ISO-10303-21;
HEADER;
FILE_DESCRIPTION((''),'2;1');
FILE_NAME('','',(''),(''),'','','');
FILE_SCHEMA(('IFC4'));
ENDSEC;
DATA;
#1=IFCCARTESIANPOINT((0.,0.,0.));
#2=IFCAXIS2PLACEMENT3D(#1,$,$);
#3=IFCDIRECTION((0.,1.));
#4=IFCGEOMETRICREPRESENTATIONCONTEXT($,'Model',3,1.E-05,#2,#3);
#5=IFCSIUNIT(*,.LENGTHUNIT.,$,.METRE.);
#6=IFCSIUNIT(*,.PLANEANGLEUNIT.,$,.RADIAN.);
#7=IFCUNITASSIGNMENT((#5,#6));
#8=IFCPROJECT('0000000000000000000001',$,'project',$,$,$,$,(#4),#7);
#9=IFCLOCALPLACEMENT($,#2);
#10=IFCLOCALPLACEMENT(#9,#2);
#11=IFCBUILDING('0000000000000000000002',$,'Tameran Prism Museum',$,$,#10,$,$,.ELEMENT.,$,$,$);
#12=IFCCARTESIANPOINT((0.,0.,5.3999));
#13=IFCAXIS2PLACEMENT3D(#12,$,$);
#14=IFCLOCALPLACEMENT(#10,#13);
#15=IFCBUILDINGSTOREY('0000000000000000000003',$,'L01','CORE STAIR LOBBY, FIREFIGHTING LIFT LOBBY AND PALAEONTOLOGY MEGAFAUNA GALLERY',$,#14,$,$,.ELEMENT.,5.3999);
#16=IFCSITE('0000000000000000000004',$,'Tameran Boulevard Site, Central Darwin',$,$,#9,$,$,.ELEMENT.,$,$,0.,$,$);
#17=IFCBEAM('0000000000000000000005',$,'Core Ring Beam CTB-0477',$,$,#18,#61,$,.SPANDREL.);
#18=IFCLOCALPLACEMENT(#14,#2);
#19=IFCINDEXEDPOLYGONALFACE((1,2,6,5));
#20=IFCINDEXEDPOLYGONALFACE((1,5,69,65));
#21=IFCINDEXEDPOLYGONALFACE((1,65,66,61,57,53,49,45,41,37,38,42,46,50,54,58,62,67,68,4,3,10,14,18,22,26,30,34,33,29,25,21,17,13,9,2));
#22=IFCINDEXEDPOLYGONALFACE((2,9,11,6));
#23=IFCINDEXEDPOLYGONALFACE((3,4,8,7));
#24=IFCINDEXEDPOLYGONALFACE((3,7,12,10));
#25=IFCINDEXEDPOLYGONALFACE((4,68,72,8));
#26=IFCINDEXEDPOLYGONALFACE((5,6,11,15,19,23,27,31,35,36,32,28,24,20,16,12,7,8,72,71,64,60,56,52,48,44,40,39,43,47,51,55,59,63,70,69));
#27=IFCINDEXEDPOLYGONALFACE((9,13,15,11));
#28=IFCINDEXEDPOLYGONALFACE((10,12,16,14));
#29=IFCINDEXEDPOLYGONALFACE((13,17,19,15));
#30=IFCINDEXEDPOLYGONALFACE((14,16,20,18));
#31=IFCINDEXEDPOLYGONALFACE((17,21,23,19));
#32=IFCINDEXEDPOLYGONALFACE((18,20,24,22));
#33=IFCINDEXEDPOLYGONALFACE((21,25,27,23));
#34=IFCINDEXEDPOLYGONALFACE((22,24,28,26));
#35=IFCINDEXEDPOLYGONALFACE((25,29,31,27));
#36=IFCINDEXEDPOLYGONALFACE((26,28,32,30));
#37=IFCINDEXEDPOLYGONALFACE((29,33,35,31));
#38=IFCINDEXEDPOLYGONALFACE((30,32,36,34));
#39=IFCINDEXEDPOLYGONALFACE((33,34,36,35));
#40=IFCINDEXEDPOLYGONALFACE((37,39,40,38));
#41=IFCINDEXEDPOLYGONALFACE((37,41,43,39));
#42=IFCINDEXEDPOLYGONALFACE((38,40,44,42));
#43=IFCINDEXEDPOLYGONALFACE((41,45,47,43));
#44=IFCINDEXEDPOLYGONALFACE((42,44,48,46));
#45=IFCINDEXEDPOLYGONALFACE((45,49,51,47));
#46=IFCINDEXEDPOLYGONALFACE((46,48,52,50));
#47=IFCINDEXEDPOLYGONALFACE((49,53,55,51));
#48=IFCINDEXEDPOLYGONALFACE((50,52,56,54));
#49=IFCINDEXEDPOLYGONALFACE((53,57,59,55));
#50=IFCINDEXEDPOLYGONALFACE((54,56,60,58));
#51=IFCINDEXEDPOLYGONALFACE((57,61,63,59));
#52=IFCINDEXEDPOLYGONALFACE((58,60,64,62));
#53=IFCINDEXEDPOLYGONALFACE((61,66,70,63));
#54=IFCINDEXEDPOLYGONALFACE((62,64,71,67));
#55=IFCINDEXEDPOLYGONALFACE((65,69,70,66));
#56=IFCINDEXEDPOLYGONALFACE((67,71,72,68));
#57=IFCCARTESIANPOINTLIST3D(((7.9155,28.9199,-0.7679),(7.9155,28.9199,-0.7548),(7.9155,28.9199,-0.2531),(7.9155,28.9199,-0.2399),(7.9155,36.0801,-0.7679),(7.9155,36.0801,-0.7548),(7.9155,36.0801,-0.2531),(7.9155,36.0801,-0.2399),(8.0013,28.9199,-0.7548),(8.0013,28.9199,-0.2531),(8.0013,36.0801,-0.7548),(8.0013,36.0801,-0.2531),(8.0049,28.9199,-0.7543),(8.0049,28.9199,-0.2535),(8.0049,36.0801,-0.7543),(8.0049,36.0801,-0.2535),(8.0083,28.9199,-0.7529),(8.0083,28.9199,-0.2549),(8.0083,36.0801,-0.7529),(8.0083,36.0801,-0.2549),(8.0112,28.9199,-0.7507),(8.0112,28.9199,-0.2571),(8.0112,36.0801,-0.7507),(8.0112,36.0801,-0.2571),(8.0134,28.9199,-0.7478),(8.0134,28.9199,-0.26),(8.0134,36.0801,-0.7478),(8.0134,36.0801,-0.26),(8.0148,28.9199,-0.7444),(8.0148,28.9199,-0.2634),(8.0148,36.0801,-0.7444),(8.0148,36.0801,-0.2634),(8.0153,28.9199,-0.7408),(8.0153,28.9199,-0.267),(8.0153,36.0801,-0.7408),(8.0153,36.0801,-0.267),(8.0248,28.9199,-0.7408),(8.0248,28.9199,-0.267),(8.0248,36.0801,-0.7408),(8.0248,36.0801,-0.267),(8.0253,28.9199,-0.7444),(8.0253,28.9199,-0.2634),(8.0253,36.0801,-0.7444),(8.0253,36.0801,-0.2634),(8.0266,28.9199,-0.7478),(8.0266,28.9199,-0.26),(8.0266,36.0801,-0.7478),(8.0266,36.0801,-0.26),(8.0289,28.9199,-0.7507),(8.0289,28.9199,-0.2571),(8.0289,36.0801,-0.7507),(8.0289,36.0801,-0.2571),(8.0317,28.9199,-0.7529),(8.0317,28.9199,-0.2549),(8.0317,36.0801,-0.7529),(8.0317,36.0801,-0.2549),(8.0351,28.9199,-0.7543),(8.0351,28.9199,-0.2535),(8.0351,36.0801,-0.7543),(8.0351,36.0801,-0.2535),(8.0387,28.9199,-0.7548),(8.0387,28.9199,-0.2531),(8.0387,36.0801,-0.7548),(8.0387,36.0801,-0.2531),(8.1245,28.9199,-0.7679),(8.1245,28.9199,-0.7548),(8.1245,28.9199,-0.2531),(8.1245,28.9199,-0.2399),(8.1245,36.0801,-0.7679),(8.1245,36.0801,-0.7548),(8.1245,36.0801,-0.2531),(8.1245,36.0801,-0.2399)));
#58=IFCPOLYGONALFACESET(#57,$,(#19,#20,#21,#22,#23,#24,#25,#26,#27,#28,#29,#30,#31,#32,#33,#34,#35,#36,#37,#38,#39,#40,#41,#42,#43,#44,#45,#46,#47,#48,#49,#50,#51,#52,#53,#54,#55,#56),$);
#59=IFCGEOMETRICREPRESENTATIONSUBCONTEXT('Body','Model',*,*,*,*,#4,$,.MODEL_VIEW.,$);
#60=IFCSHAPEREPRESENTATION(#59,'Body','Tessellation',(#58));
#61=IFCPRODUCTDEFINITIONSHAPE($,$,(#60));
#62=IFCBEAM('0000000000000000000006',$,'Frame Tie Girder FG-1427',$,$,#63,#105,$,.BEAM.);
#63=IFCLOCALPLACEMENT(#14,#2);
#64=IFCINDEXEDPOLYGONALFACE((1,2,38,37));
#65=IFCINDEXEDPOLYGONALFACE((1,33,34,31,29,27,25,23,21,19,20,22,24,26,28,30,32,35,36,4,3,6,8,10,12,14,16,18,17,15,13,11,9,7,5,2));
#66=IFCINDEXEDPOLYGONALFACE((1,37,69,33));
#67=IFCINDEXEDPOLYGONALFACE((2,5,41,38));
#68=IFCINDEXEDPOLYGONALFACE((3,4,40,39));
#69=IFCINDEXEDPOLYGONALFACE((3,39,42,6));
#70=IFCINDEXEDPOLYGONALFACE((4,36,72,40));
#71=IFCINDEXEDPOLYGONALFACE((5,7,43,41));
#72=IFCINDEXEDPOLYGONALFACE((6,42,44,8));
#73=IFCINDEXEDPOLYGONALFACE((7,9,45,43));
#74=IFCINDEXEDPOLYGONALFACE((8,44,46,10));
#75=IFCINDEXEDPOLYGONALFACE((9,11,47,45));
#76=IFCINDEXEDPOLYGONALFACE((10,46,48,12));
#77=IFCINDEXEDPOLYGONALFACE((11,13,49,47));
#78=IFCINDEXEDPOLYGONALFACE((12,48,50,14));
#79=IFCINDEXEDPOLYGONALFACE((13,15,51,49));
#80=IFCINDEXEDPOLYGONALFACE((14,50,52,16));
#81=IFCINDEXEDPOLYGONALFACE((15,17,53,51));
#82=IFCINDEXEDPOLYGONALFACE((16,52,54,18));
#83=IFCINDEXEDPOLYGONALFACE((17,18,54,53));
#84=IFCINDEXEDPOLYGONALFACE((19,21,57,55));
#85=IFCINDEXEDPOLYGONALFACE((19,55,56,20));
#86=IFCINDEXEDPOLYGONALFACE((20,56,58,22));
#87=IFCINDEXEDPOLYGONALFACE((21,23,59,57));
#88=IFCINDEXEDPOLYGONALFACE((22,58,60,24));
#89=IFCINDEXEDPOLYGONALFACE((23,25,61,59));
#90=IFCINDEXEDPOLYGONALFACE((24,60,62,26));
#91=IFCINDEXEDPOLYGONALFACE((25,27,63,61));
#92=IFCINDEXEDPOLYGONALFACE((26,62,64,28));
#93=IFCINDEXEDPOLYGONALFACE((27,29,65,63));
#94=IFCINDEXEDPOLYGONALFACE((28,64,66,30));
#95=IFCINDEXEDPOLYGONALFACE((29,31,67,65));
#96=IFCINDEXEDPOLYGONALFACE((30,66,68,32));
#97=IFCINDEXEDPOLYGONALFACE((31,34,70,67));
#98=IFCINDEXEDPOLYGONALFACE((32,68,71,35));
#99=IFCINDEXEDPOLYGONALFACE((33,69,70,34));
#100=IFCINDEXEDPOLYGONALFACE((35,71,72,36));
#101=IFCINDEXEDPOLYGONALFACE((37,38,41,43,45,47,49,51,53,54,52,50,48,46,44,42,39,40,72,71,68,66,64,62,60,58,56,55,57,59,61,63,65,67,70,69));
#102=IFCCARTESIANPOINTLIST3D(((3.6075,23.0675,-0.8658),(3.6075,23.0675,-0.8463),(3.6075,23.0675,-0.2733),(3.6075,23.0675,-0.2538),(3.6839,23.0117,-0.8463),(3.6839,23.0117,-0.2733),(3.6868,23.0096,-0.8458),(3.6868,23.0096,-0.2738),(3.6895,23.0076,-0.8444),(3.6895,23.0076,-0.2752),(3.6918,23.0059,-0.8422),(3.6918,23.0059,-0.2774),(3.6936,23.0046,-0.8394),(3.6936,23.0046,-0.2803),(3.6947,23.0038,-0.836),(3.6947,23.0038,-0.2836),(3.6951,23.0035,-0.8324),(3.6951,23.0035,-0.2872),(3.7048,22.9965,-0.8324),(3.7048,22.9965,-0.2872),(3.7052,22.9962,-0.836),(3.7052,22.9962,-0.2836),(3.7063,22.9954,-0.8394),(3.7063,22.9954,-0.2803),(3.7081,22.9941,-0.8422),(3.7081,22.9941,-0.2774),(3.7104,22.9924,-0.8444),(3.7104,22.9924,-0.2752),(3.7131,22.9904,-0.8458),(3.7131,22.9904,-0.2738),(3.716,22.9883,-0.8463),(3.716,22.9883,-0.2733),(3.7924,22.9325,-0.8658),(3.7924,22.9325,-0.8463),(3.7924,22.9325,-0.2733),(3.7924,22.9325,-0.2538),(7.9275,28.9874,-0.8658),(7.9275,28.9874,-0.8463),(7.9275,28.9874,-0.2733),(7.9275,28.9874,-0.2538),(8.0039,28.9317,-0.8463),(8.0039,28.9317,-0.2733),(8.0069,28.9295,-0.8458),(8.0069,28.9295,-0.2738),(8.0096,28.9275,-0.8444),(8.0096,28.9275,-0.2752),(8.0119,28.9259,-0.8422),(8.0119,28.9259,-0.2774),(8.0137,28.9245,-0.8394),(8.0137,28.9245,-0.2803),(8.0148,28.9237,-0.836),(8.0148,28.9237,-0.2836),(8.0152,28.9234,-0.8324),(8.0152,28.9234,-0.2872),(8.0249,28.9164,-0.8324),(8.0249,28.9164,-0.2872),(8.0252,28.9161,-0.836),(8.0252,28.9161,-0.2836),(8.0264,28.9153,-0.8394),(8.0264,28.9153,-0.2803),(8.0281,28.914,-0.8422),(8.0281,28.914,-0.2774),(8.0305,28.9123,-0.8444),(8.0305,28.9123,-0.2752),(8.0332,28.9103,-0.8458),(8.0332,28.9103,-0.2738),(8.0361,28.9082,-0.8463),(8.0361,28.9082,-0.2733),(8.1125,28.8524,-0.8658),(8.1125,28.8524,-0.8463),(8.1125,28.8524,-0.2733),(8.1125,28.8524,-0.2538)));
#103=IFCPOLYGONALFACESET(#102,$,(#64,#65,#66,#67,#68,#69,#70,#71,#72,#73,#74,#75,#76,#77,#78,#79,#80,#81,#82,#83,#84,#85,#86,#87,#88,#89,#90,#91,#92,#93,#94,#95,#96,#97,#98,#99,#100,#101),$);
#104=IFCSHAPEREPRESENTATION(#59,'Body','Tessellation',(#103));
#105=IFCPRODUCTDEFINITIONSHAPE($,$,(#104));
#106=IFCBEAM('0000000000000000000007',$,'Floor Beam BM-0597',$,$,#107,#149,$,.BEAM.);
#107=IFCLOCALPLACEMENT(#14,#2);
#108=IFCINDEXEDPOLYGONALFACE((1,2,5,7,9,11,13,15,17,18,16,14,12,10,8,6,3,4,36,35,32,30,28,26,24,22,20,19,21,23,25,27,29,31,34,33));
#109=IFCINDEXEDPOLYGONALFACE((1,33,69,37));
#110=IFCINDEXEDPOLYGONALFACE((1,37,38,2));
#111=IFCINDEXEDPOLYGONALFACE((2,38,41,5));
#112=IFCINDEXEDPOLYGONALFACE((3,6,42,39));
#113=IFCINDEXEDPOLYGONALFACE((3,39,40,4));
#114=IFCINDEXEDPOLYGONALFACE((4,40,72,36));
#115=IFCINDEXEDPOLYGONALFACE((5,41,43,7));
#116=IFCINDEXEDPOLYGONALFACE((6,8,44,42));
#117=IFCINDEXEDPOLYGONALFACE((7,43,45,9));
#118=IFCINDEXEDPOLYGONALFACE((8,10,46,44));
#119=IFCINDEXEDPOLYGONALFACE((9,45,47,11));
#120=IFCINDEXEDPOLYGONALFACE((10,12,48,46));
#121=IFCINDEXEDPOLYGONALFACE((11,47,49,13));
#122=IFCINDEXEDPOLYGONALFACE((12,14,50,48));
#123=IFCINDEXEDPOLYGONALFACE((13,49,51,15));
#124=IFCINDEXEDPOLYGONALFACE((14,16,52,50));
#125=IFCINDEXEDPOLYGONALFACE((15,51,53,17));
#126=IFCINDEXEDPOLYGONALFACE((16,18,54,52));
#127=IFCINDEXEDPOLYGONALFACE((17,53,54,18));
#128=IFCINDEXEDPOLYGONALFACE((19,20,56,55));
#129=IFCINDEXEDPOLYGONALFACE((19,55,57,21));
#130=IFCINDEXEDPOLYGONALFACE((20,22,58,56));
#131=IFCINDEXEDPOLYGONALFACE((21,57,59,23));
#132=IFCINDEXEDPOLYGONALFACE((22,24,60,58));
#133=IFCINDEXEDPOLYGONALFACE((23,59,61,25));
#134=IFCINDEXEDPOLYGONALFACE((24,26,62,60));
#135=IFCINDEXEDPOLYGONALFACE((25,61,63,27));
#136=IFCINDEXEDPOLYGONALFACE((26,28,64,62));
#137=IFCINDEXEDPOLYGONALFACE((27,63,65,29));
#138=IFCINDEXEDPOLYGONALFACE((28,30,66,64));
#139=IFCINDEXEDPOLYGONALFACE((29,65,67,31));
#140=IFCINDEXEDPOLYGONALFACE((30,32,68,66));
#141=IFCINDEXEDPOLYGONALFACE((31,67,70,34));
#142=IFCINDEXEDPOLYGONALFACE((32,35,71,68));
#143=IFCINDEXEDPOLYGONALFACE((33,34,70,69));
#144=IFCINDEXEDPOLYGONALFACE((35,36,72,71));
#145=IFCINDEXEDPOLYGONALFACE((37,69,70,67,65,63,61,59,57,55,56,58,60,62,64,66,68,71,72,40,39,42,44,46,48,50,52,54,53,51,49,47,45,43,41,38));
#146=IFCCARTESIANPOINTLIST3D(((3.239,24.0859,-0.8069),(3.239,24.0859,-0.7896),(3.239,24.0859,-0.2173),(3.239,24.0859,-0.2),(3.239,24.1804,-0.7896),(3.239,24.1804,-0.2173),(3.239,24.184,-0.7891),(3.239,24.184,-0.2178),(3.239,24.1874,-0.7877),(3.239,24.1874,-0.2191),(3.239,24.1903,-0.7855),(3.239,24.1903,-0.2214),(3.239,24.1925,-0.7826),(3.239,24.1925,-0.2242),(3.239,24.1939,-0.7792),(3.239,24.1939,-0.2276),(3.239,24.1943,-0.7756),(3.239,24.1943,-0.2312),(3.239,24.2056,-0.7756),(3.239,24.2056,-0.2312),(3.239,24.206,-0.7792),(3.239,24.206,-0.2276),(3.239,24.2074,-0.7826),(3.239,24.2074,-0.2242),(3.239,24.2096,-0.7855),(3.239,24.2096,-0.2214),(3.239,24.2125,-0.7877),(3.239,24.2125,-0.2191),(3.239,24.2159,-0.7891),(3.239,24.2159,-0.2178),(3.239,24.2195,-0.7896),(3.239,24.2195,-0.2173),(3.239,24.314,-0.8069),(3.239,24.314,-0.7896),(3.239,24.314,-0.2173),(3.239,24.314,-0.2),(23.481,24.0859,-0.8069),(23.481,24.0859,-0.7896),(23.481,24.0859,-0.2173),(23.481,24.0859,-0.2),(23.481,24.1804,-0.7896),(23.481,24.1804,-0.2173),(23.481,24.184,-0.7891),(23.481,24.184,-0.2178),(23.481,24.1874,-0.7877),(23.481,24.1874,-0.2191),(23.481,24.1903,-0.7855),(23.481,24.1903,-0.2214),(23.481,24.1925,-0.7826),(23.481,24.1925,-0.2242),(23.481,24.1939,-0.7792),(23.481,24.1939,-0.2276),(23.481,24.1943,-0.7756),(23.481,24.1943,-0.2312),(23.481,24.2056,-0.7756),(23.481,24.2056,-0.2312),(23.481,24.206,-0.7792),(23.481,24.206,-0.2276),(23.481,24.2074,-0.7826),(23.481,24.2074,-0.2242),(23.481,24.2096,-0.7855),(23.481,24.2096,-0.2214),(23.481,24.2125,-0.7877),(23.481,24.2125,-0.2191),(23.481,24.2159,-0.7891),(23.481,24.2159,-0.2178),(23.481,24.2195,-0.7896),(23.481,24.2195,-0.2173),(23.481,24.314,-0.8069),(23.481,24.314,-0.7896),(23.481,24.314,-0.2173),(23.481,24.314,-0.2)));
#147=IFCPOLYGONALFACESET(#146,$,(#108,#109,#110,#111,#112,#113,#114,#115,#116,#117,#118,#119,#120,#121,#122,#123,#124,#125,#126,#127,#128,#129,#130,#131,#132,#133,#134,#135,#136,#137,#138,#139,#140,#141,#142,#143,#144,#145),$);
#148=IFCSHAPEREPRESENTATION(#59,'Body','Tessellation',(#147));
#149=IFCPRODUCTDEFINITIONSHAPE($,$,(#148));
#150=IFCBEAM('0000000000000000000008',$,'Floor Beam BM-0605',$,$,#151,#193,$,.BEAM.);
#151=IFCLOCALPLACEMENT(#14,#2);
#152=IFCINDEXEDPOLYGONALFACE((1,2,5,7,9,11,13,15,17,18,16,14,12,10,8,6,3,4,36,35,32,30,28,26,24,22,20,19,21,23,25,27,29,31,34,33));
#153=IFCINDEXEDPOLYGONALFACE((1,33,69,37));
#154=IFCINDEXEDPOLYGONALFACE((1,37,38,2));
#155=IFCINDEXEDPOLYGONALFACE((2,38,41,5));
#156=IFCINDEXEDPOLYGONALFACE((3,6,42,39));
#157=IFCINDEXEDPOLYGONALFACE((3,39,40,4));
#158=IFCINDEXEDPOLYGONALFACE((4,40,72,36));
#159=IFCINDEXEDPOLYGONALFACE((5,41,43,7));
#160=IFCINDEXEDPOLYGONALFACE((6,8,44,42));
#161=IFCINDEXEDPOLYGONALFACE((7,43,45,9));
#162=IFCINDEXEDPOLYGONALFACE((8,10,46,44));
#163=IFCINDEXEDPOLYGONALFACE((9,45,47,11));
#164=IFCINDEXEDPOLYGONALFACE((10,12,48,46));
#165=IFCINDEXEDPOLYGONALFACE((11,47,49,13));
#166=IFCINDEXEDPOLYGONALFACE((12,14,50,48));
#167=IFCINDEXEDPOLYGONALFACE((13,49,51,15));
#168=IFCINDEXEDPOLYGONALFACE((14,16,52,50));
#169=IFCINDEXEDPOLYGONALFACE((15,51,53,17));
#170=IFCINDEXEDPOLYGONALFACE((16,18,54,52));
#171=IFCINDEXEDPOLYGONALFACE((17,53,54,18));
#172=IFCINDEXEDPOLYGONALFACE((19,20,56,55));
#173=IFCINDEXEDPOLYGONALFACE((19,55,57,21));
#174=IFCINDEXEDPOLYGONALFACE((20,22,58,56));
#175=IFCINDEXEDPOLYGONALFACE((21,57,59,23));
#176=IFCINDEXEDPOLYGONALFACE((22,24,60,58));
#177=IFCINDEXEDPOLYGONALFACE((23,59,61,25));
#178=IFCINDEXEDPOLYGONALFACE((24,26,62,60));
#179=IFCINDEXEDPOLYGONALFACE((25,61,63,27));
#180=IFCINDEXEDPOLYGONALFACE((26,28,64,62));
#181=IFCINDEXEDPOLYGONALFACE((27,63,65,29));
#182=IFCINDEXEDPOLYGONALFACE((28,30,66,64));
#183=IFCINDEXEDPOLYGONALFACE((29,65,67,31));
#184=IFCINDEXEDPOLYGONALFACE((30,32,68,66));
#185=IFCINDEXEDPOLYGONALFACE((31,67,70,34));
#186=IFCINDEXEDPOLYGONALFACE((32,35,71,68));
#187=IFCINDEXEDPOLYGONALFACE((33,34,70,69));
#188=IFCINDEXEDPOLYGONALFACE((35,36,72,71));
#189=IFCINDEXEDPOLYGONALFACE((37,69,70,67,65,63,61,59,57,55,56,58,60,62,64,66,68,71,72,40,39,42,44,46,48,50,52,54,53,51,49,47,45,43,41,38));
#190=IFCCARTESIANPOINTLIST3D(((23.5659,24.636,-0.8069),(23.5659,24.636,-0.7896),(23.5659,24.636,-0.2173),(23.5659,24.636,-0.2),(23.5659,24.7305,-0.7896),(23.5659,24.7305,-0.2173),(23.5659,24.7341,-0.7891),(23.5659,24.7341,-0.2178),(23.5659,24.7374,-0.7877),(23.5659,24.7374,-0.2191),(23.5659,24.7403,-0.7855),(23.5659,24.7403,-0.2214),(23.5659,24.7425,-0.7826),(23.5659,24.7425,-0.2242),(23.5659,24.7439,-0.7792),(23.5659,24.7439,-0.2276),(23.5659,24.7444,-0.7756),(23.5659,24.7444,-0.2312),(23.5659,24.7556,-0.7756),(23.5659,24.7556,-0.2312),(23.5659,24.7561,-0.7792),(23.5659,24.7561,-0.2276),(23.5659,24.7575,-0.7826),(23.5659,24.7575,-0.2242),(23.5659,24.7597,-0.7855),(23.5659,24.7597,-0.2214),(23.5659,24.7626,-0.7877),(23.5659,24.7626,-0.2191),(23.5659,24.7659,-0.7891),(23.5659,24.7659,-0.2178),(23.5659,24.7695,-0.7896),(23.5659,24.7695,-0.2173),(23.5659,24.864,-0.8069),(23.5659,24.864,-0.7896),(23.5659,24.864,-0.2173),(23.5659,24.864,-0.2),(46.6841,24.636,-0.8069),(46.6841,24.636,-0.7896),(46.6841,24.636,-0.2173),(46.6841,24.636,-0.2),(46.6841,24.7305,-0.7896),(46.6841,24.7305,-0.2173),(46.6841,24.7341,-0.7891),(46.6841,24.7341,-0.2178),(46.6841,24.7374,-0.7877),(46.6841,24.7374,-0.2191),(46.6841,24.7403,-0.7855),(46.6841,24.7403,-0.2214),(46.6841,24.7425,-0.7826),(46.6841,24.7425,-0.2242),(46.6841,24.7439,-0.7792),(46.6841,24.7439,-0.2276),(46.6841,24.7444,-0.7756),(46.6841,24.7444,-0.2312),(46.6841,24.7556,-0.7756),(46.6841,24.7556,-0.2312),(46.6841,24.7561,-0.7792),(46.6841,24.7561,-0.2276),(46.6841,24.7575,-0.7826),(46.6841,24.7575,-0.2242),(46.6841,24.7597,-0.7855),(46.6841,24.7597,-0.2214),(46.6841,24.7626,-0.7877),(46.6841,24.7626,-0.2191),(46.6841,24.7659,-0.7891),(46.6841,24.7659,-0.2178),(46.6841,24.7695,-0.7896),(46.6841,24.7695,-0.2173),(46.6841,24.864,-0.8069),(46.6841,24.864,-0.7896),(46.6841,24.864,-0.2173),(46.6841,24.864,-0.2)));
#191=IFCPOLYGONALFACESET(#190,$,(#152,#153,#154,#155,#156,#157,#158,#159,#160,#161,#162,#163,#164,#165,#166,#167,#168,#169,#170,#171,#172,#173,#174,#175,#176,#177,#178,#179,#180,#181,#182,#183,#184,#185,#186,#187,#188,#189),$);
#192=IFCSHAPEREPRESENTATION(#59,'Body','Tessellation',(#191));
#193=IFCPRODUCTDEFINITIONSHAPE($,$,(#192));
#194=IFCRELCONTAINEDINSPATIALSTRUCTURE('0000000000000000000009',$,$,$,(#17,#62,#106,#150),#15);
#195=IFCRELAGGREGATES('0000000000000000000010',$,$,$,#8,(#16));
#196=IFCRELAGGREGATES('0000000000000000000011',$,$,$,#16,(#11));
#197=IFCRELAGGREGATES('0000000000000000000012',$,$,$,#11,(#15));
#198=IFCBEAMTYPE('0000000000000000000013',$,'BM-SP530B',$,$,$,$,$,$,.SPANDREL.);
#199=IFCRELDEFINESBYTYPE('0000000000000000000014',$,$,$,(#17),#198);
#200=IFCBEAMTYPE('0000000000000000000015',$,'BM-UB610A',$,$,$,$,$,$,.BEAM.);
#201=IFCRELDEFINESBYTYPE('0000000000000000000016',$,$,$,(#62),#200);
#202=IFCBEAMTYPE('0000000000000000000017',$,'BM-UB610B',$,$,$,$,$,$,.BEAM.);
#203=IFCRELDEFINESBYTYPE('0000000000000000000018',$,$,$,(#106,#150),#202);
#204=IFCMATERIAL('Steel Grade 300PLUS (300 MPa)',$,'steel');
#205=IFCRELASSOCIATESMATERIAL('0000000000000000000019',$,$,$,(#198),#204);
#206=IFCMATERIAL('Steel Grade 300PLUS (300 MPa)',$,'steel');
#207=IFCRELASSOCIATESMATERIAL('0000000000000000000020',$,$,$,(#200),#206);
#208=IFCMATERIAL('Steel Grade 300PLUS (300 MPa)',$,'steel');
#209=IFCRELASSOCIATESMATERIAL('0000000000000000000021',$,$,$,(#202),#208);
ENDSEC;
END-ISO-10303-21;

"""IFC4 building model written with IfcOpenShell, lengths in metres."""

from ifc_helpers import new_model, si_unit, direction, frame, origin, origin_2d, place, context, subcontext, project, spatial, i_section, extrude, material, material_profile, profile_set, type_object, element, save


model = new_model("IFC4")

# Units and contexts
model_context = context("Model", 3, precision=1e-05, world=origin(), true_north=direction((0.0, 1.0)))
body_context = subcontext(model_context, "Body", "Model", "MODEL_VIEW")
ifc_project = project(units=[si_unit("LENGTHUNIT", "METRE"), si_unit("PLANEANGLEUNIT", "RADIAN")], contexts=[model_context])

# Site, building, storey
site_placement = place(None, origin())
site = spatial("IfcSite", under=ifc_project, at=site_placement, Name="Tameran Boulevard Site, Central Darwin", CompositionType="ELEMENT", RefElevation=0.0)
building_placement = place(site_placement, origin())
building = spatial("IfcBuilding", under=site, at=building_placement, Name="Tameran Prism Museum", CompositionType="ELEMENT")
storey_placement = place(building_placement, frame((0.0, 0.0, 5.3999)))
storey = spatial("IfcBuildingStorey", under=building, at=storey_placement, Name="L01", Description="CORE STAIR LOBBY, FIREFIGHTING LIFT LOBBY AND PALAEONTOLOGY MEGAFAUNA GALLERY", CompositionType="ELEMENT", Elevation=5.3999)

# Beams
ifc_material_1 = material(Name="Steel Grade 300PLUS (300 MPa)", Category="steel")
ifc_material_profile_1 = material_profile(ifc_material_1, i_section(OverallWidth=0.209, OverallDepth=0.5281, WebThickness=0.0095, FlangeThickness=0.0132, FilletRadius=0.0139, at=origin_2d()))
ifc_profile_set_1 = profile_set([ifc_material_profile_1])
beam_type_1 = type_object("IfcBeamType", Name="BM-SP530B", PredefinedType="SPANDREL", material=ifc_profile_set_1)
beam_1_placement = place(storey_placement, frame((8.02, 36.0801, -0.5039), z_axis=(0.0, -1.0, 0.0), x_axis=(1.0, 0.0, 0.0)))
element("IfcBeam", 1, at=beam_1_placement, inside=storey, type_object=beam_type_1, Name="Core Ring Beam CTB-0477", PredefinedType="SPANDREL", context=body_context, shape_type="SweptSolid", body=[
    extrude(i_section(OverallWidth=0.209, OverallDepth=0.5281, WebThickness=0.0095, FlangeThickness=0.0132, FilletRadius=0.0139, at=origin_2d()), origin(), (0.0, 0.0, 1.0), 7.1602),
])
ifc_material_2 = material(Name="Steel Grade 300PLUS (300 MPa)", Category="steel")
ifc_material_profile_2 = material_profile(ifc_material_2, i_section(OverallWidth=0.229, OverallDepth=0.6121, WebThickness=0.012, FlangeThickness=0.0195, FilletRadius=0.0139, at=origin_2d()))
ifc_profile_set_2 = profile_set([ifc_material_profile_2])
beam_type_2 = type_object("IfcBeamType", Name="BM-UB610A", PredefinedType="BEAM", material=ifc_profile_set_2)
beam_2_placement = place(storey_placement, frame((8.02, 28.9199, -0.5598), z_axis=(-0.58948, -0.807783, 0.0), x_axis=(0.807783, -0.58948, 0.0)))
element("IfcBeam", 2, at=beam_2_placement, inside=storey, type_object=beam_type_2, Name="Frame Tie Girder FG-1427", PredefinedType="BEAM", context=body_context, shape_type="SweptSolid", body=[
    extrude(i_section(OverallWidth=0.229, OverallDepth=0.6121, WebThickness=0.012, FlangeThickness=0.0195, FilletRadius=0.0139, at=origin_2d()), origin(), (0.0, 0.0, 1.0), 7.3286),
])
ifc_material_3 = material(Name="Steel Grade 300PLUS (300 MPa)", Category="steel")
ifc_material_profile_3 = material_profile(ifc_material_3, i_section(OverallWidth=0.228, OverallDepth=0.6069, WebThickness=0.0112, FlangeThickness=0.0173, FilletRadius=0.0139, at=origin_2d()))
ifc_profile_set_3 = profile_set([ifc_material_profile_3])
beam_type_3 = type_object("IfcBeamType", Name="BM-UB610B", PredefinedType="BEAM", material=ifc_profile_set_3)
beam_3_placement = place(storey_placement, frame((3.239, 24.2, -0.5034), z_axis=(1.0, 0.0, 0.0), x_axis=(0.0, 1.0, 0.0)))
element("IfcBeam", 3, at=beam_3_placement, inside=storey, type_object=beam_type_3, Name="Floor Beam BM-0597", PredefinedType="BEAM", context=body_context, shape_type="SweptSolid", body=[
    extrude(i_section(OverallWidth=0.228, OverallDepth=0.6069, WebThickness=0.0112, FlangeThickness=0.0173, FilletRadius=0.0139, at=origin_2d()), origin(), (0.0, 0.0, 1.0), 20.2419),
])
beam_4_placement = place(storey_placement, frame((23.5659, 24.75, -0.5034), z_axis=(1.0, 0.0, 0.0), x_axis=(0.0, 1.0, 0.0)))
element("IfcBeam", 4, at=beam_4_placement, inside=storey, type_object=beam_type_3, Name="Floor Beam BM-0605", PredefinedType="BEAM", context=body_context, shape_type="SweptSolid", body=[
    extrude(i_section(OverallWidth=0.228, OverallDepth=0.6069, WebThickness=0.0112, FlangeThickness=0.0173, FilletRadius=0.0139, at=origin_2d()), origin(), (0.0, 0.0, 1.0), 23.1182),
])

save(model, "model.ifc")
